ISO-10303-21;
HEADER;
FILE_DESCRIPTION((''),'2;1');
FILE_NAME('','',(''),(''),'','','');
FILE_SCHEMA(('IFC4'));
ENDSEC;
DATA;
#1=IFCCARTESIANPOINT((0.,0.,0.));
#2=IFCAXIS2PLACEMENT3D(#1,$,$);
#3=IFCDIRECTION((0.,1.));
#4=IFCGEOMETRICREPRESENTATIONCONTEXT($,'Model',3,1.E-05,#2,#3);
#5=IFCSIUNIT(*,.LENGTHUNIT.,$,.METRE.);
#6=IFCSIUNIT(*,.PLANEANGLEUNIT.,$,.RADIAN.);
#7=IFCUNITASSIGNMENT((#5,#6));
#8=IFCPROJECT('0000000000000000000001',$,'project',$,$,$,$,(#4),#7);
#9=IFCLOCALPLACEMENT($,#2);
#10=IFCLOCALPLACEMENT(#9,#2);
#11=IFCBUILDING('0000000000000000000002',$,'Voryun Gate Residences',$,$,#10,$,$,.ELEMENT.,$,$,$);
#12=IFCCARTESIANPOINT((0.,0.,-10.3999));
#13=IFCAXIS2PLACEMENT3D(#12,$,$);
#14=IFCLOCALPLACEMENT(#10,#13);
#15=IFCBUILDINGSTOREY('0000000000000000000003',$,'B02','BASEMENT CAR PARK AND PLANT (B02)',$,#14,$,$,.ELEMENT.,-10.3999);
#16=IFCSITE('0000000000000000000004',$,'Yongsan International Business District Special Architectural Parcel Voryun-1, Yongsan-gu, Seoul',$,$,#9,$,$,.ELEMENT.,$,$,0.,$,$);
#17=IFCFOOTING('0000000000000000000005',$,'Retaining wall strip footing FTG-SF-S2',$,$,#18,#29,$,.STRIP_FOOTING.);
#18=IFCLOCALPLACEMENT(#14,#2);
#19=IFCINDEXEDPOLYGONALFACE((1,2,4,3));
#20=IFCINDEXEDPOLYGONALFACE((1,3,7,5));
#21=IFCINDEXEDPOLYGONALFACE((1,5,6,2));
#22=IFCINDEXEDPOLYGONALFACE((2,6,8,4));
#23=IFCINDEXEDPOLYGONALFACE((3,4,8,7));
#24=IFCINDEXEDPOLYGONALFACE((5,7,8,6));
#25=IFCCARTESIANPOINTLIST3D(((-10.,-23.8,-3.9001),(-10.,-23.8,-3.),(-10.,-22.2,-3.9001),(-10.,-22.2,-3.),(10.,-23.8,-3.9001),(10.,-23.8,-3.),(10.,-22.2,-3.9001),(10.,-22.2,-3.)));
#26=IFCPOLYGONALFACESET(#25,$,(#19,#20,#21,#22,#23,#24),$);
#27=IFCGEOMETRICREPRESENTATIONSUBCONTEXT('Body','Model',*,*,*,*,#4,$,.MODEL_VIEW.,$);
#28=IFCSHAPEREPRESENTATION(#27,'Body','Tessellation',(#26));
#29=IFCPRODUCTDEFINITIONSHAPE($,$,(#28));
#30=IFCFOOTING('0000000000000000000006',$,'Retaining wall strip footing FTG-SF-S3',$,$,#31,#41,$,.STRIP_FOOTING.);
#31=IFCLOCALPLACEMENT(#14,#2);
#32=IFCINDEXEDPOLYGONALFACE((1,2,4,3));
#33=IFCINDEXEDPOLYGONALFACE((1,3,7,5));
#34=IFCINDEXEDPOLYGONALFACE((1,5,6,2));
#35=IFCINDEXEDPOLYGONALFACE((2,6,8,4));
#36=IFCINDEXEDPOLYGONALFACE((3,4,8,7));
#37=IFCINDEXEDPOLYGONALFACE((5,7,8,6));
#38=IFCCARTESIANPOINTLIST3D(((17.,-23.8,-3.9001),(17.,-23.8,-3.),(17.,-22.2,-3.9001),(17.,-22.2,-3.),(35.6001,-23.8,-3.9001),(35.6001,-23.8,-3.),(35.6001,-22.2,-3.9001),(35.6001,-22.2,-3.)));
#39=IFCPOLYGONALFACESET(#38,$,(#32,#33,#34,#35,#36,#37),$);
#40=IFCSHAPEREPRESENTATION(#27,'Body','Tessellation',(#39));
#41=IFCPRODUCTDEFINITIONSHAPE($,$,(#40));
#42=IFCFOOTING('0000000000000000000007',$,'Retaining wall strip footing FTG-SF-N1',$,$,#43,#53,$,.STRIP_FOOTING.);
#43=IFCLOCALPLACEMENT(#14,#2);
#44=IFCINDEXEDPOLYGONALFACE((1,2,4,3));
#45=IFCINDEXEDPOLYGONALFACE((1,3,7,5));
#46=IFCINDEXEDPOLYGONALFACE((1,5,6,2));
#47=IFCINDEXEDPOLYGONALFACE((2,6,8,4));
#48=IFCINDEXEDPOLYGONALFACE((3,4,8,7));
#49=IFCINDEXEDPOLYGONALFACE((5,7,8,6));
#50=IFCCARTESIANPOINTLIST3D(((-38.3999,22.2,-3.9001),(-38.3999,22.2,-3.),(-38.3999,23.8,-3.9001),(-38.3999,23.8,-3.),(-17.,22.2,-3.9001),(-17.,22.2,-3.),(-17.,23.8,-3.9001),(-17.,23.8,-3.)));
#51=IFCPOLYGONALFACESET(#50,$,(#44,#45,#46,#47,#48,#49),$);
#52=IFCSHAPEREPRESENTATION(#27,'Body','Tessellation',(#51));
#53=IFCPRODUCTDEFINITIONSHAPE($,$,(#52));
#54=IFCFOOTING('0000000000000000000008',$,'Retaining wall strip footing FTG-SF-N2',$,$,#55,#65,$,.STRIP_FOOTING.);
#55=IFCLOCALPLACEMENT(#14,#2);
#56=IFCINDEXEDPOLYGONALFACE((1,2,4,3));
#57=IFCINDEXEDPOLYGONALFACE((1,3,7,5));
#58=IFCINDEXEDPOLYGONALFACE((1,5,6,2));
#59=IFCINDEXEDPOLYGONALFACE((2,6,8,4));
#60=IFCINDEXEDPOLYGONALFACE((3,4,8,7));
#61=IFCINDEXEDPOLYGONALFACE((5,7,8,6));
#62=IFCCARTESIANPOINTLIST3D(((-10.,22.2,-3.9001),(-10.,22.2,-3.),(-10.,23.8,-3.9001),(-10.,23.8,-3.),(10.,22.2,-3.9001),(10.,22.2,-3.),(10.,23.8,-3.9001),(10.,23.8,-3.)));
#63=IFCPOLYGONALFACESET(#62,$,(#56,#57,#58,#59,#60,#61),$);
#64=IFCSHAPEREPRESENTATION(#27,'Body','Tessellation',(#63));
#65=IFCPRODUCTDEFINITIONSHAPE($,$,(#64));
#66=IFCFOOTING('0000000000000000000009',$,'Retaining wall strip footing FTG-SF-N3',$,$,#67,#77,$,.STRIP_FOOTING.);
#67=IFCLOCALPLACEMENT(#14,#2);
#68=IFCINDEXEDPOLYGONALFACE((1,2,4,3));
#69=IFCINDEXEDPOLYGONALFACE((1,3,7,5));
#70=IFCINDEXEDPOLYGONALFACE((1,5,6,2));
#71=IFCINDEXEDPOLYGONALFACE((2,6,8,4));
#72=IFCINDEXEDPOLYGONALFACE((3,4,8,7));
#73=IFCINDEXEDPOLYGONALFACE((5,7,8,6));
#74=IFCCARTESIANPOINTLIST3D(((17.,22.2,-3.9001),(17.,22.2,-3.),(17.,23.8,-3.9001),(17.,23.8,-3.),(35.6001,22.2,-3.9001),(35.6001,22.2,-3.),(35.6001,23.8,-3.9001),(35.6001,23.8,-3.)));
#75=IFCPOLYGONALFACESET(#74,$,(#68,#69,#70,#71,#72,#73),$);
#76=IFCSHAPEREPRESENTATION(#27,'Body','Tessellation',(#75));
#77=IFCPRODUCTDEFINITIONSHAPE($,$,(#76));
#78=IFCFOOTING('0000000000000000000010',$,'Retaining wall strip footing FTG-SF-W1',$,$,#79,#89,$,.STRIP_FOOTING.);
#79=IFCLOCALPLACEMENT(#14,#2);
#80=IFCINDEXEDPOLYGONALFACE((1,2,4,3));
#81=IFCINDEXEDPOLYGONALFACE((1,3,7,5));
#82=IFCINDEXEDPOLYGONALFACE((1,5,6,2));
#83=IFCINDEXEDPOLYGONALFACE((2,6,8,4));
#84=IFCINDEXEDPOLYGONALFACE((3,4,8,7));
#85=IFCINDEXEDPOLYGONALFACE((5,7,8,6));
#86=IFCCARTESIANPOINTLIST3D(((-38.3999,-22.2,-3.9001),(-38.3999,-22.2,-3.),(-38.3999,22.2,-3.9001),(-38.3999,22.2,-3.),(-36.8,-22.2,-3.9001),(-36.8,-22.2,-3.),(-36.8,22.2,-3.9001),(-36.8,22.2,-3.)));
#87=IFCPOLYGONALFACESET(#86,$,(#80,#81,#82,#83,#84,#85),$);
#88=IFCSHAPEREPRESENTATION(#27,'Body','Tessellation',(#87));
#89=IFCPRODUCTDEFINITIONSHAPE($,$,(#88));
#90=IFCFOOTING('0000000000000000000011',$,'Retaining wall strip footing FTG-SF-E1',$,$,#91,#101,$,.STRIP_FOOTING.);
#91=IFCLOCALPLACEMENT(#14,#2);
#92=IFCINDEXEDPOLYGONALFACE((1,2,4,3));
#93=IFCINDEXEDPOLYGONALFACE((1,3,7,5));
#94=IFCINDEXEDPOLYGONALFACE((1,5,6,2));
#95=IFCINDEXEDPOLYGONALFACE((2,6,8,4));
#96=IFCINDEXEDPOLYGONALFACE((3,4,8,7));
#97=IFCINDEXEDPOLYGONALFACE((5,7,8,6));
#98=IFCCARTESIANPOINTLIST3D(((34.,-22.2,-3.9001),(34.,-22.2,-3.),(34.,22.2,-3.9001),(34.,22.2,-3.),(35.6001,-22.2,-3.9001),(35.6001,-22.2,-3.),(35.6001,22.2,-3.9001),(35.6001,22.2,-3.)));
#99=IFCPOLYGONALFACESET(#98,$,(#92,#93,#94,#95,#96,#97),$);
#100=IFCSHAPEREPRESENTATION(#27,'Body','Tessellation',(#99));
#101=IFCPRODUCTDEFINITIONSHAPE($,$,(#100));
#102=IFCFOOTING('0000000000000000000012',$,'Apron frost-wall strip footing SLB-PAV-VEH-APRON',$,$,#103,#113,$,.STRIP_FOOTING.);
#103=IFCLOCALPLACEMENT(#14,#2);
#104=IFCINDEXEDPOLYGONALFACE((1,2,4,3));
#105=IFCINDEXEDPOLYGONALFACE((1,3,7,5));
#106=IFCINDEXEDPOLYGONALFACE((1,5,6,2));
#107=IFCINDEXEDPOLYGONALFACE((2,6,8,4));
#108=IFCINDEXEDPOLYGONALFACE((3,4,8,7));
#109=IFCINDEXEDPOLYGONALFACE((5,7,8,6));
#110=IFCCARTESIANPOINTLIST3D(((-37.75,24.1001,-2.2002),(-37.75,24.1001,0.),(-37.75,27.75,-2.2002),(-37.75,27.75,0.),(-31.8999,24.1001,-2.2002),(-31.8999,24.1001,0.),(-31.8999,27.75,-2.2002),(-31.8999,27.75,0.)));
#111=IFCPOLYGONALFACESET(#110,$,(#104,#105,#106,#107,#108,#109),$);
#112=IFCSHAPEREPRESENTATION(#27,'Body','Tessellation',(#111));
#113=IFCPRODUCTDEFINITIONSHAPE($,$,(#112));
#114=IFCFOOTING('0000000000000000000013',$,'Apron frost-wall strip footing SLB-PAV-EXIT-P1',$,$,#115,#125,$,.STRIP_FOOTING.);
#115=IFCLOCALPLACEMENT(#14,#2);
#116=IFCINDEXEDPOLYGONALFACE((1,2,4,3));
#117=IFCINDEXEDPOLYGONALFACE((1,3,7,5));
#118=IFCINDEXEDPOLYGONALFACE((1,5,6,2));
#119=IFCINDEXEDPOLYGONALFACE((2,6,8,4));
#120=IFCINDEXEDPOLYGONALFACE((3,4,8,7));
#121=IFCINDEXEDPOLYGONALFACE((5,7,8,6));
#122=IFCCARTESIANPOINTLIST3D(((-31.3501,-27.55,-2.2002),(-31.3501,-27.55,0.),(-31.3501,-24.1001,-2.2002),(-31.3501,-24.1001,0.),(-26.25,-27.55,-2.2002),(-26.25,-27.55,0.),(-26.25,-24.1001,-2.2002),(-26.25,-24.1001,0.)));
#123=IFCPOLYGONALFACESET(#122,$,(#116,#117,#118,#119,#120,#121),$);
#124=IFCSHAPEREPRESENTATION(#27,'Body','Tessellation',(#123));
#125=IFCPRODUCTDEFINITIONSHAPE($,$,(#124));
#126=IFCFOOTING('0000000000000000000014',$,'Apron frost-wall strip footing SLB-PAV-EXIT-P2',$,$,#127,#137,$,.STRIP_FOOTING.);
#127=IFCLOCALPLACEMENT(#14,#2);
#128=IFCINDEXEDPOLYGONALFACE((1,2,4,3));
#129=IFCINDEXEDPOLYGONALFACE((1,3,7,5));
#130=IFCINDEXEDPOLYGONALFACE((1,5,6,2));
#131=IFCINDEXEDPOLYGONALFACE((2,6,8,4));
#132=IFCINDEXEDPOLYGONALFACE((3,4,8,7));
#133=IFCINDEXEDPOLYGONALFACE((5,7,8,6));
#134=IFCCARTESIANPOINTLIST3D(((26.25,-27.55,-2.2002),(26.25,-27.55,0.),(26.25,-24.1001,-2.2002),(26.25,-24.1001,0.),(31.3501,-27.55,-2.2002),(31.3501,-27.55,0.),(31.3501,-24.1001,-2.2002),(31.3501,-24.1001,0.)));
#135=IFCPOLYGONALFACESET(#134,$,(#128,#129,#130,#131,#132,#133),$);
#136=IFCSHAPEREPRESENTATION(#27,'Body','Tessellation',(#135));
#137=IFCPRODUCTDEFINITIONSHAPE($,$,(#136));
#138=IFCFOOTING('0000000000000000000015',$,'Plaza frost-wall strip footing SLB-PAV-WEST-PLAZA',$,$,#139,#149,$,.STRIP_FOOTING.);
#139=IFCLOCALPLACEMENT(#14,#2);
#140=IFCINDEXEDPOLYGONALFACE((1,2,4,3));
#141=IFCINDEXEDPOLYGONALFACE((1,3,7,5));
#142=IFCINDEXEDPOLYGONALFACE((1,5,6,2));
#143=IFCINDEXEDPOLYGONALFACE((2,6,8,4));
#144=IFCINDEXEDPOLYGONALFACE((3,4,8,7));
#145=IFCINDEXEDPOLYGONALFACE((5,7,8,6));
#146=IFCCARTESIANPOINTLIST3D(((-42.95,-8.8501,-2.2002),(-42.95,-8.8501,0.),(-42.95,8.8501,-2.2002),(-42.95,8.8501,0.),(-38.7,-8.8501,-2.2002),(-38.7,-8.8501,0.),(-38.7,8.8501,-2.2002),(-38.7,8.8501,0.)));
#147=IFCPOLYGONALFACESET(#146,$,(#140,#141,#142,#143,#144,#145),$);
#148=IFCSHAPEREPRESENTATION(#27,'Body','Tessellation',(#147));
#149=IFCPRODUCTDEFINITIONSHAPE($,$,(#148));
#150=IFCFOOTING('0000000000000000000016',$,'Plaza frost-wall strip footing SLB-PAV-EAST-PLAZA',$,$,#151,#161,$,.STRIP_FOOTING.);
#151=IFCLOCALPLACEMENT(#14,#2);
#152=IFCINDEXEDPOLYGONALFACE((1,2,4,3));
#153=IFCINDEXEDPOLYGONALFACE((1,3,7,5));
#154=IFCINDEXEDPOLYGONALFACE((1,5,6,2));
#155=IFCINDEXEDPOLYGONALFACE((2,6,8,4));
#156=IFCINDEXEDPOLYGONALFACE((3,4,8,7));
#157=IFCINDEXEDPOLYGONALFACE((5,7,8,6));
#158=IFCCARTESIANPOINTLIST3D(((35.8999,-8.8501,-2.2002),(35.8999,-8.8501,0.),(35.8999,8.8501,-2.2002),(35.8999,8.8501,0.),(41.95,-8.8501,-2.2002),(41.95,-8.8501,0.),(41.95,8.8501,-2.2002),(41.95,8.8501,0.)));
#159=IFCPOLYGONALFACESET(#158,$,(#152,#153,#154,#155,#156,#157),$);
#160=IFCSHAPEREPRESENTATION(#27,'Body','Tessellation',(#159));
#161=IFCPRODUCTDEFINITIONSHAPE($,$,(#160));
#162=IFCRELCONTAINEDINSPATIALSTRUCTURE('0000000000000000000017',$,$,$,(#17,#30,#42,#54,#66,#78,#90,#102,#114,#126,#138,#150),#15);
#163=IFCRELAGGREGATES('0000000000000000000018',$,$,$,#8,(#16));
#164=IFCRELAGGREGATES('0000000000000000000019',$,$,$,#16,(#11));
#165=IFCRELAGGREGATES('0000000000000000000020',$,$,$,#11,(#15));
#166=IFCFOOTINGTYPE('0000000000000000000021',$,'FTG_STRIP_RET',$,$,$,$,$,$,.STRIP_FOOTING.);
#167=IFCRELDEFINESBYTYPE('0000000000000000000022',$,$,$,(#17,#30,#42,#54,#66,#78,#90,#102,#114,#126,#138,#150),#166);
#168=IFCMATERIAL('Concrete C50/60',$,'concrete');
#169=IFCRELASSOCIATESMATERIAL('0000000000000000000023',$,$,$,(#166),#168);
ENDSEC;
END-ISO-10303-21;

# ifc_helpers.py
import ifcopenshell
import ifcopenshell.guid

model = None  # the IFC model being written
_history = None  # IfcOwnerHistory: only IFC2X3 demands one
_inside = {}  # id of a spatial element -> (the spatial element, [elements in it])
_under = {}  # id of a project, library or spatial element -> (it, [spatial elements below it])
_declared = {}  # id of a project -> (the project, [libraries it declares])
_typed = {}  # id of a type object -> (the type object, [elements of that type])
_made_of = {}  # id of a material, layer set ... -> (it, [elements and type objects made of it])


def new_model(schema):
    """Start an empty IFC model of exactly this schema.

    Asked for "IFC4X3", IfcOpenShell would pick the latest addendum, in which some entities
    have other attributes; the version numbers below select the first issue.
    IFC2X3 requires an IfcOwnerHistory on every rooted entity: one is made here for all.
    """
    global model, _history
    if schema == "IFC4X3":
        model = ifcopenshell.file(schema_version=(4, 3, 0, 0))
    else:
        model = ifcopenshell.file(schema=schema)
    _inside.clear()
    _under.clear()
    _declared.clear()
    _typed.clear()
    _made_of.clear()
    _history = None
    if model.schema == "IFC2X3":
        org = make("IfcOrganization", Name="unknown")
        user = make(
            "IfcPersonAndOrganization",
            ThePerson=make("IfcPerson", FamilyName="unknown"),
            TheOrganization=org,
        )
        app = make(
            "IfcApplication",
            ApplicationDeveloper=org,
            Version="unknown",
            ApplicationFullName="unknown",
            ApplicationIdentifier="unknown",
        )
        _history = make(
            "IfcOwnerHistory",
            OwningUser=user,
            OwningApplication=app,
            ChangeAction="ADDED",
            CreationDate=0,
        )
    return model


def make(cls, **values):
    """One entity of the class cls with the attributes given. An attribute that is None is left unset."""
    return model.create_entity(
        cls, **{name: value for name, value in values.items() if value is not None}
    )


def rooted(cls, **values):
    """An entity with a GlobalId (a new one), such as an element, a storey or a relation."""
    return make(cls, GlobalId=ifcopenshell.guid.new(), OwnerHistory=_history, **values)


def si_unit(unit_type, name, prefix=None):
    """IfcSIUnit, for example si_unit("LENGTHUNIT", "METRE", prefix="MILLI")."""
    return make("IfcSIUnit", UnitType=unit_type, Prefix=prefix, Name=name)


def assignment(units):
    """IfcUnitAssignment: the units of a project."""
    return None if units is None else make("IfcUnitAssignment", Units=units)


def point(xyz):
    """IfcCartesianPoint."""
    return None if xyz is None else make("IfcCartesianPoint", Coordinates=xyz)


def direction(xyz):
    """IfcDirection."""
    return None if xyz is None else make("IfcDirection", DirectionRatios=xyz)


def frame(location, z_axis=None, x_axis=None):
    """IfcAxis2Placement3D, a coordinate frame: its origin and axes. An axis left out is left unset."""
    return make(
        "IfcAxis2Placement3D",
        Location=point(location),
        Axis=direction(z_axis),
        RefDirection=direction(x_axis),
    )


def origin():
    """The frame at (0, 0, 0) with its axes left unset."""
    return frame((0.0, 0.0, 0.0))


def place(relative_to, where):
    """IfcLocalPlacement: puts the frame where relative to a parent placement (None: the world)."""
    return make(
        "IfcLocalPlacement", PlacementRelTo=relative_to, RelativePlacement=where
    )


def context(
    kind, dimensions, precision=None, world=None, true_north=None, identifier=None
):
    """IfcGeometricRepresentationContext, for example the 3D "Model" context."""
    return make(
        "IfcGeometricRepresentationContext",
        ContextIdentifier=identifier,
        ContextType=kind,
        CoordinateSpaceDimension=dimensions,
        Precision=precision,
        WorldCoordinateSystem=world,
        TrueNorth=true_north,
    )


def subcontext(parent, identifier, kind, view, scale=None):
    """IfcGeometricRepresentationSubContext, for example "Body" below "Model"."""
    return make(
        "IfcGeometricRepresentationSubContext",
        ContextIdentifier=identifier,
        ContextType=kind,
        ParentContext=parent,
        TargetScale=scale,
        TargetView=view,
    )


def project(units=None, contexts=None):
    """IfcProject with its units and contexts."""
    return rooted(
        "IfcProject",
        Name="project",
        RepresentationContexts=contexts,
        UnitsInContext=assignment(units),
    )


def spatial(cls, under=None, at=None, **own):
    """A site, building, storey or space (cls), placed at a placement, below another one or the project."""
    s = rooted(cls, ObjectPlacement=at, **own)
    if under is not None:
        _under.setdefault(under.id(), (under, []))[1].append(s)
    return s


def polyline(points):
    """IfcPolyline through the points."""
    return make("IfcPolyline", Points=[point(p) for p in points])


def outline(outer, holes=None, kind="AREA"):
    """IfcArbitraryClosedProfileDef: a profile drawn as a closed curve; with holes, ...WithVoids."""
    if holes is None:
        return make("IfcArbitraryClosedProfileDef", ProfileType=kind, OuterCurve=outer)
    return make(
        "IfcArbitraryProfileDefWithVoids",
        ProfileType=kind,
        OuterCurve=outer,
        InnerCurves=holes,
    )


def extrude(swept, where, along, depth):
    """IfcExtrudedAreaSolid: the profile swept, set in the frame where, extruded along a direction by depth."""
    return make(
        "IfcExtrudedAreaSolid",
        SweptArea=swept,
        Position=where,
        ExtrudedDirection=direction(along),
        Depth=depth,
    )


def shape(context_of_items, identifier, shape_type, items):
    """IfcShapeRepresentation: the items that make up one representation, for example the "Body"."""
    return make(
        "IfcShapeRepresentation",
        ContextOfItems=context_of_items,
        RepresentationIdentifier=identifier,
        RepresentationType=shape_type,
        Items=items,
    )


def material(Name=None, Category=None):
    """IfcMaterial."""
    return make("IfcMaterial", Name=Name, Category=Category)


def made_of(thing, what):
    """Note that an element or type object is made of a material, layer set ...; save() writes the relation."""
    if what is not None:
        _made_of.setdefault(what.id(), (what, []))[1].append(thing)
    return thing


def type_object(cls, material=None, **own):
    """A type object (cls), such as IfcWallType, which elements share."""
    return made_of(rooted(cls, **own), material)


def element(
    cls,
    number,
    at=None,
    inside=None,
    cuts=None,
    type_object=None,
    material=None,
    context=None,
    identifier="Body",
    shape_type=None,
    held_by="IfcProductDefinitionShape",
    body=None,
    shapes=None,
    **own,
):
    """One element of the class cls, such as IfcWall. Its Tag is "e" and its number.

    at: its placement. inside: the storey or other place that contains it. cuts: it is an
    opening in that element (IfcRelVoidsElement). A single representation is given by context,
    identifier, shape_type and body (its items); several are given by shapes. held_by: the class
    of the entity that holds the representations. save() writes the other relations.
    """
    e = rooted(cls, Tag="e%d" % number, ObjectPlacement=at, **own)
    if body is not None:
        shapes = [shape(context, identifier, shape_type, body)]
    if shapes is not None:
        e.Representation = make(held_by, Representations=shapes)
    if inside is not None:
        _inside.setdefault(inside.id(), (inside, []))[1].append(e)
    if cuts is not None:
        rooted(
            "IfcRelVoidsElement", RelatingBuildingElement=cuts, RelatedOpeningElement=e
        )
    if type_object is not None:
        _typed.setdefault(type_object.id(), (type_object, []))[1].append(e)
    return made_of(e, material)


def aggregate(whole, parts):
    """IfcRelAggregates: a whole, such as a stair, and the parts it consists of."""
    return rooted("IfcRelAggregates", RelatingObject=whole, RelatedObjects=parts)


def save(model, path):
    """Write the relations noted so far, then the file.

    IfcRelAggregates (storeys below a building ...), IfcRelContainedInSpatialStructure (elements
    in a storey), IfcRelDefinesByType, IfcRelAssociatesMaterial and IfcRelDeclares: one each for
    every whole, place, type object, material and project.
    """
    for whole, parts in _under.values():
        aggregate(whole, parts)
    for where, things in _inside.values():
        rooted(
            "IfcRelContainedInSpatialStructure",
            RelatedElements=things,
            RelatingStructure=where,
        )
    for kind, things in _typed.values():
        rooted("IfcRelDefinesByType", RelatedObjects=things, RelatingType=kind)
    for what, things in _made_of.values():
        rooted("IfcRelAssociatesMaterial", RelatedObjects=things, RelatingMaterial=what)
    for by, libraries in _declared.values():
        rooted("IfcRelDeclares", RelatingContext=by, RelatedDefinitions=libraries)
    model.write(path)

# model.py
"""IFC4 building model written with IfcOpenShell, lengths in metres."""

from ifc_helpers import new_model, si_unit, direction, frame, origin, place, context, subcontext, project, spatial, polyline, outline, extrude, material, type_object, element, save


model = new_model("IFC4")

# Units and contexts
model_context = context("Model", 3, precision=1e-05, world=origin(), true_north=direction((0.0, 1.0)))
body_context = subcontext(model_context, "Body", "Model", "MODEL_VIEW")
ifc_project = project(units=[si_unit("LENGTHUNIT", "METRE"), si_unit("PLANEANGLEUNIT", "RADIAN")], contexts=[model_context])

# Site, building, storey
site_placement = place(None, origin())
site = spatial("IfcSite", under=ifc_project, at=site_placement, Name="Yongsan International Business District Special Architectural Parcel Voryun-1, Yongsan-gu, Seoul", CompositionType="ELEMENT", RefElevation=0.0)
building_placement = place(site_placement, origin())
building = spatial("IfcBuilding", under=site, at=building_placement, Name="Voryun Gate Residences", CompositionType="ELEMENT")
storey_placement = place(building_placement, frame((0.0, 0.0, -10.3999)))
storey = spatial("IfcBuildingStorey", under=building, at=storey_placement, Name="B02", Description="BASEMENT CAR PARK AND PLANT (B02)", CompositionType="ELEMENT", Elevation=-10.3999)

# Footings
ifc_material_1 = material(Name="Concrete C50/60", Category="concrete")
footing_type = type_object("IfcFootingType", Name="FTG_STRIP_RET", PredefinedType="STRIP_FOOTING", material=ifc_material_1)
footing_1_placement = place(storey_placement, frame((0.0, 0.0, -3.9001)))
element("IfcFooting", 1, at=footing_1_placement, inside=storey, type_object=footing_type, Name="Retaining wall strip footing FTG-SF-S2", PredefinedType="STRIP_FOOTING", context=body_context, shape_type="SweptSolid", body=[
    extrude(outline(polyline([(-10.0, -23.8), (10.0, -23.8), (10.0, -22.2), (-10.0, -22.2), (-10.0, -23.8)])), origin(), (0.0, 0.0, 1.0), 0.9001),
])
footing_2_placement = place(storey_placement, frame((0.0, 0.0, -3.9001)))
element("IfcFooting", 2, at=footing_2_placement, inside=storey, type_object=footing_type, Name="Retaining wall strip footing FTG-SF-S3", PredefinedType="STRIP_FOOTING", context=body_context, shape_type="SweptSolid", body=[
    extrude(outline(polyline([(17.0, -23.8), (35.6001, -23.8), (35.6001, -22.2), (17.0, -22.2), (17.0, -23.8)])), origin(), (0.0, 0.0, 1.0), 0.9001),
])
footing_3_placement = place(storey_placement, frame((0.0, 0.0, -3.9001)))
element("IfcFooting", 3, at=footing_3_placement, inside=storey, type_object=footing_type, Name="Retaining wall strip footing FTG-SF-N1", PredefinedType="STRIP_FOOTING", context=body_context, shape_type="SweptSolid", body=[
    extrude(outline(polyline([(-38.3999, 22.2), (-17.0, 22.2), (-17.0, 23.8), (-38.3999, 23.8), (-38.3999, 22.2)])), origin(), (0.0, 0.0, 1.0), 0.9001),
])
footing_4_placement = place(storey_placement, frame((0.0, 0.0, -3.9001)))
element("IfcFooting", 4, at=footing_4_placement, inside=storey, type_object=footing_type, Name="Retaining wall strip footing FTG-SF-N2", PredefinedType="STRIP_FOOTING", context=body_context, shape_type="SweptSolid", body=[
    extrude(outline(polyline([(-10.0, 22.2), (10.0, 22.2), (10.0, 23.8), (-10.0, 23.8), (-10.0, 22.2)])), origin(), (0.0, 0.0, 1.0), 0.9001),
])
footing_5_placement = place(storey_placement, frame((0.0, 0.0, -3.9001)))
element("IfcFooting", 5, at=footing_5_placement, inside=storey, type_object=footing_type, Name="Retaining wall strip footing FTG-SF-N3", PredefinedType="STRIP_FOOTING", context=body_context, shape_type="SweptSolid", body=[
    extrude(outline(polyline([(17.0, 22.2), (35.6001, 22.2), (35.6001, 23.8), (17.0, 23.8), (17.0, 22.2)])), origin(), (0.0, 0.0, 1.0), 0.9001),
])
footing_6_placement = place(storey_placement, frame((0.0, 0.0, -3.9001)))
element("IfcFooting", 6, at=footing_6_placement, inside=storey, type_object=footing_type, Name="Retaining wall strip footing FTG-SF-W1", PredefinedType="STRIP_FOOTING", context=body_context, shape_type="SweptSolid", body=[
    extrude(outline(polyline([(-38.3999, -22.2), (-36.8, -22.2), (-36.8, 22.2), (-38.3999, 22.2), (-38.3999, -22.2)])), origin(), (0.0, 0.0, 1.0), 0.9001),
])
footing_7_placement = place(storey_placement, frame((0.0, 0.0, -3.9001)))
element("IfcFooting", 7, at=footing_7_placement, inside=storey, type_object=footing_type, Name="Retaining wall strip footing FTG-SF-E1", PredefinedType="STRIP_FOOTING", context=body_context, shape_type="SweptSolid", body=[
    extrude(outline(polyline([(34.0, -22.2), (35.6001, -22.2), (35.6001, 22.2), (34.0, 22.2), (34.0, -22.2)])), origin(), (0.0, 0.0, 1.0), 0.9001),
])
footing_8_placement = place(storey_placement, frame((0.0, 0.0, -2.2002)))
element("IfcFooting", 8, at=footing_8_placement, inside=storey, type_object=footing_type, Name="Apron frost-wall strip footing SLB-PAV-VEH-APRON", PredefinedType="STRIP_FOOTING", context=body_context, shape_type="SweptSolid", body=[
    extrude(outline(polyline([(-37.75, 24.1001), (-31.8999, 24.1001), (-31.8999, 27.75), (-37.75, 27.75), (-37.75, 24.1001)])), origin(), (0.0, 0.0, 1.0), 2.2002),
])
footing_9_placement = place(storey_placement, frame((0.0, 0.0, -2.2002)))
element("IfcFooting", 9, at=footing_9_placement, inside=storey, type_object=footing_type, Name="Apron frost-wall strip footing SLB-PAV-EXIT-P1", PredefinedType="STRIP_FOOTING", context=body_context, shape_type="SweptSolid", body=[
    extrude(outline(polyline([(-31.3501, -27.55), (-26.25, -27.55), (-26.25, -24.1001), (-31.3501, -24.1001), (-31.3501, -27.55)])), origin(), (0.0, 0.0, 1.0), 2.2002),
])
footing_10_placement = place(storey_placement, frame((0.0, 0.0, -2.2002)))
element("IfcFooting", 10, at=footing_10_placement, inside=storey, type_object=footing_type, Name="Apron frost-wall strip footing SLB-PAV-EXIT-P2", PredefinedType="STRIP_FOOTING", context=body_context, shape_type="SweptSolid", body=[
    extrude(outline(polyline([(26.25, -27.55), (31.3501, -27.55), (31.3501, -24.1001), (26.25, -24.1001), (26.25, -27.55)])), origin(), (0.0, 0.0, 1.0), 2.2002),
])
footing_11_placement = place(storey_placement, frame((0.0, 0.0, -2.2002)))
element("IfcFooting", 11, at=footing_11_placement, inside=storey, type_object=footing_type, Name="Plaza frost-wall strip footing SLB-PAV-WEST-PLAZA", PredefinedType="STRIP_FOOTING", context=body_context, shape_type="SweptSolid", body=[
    extrude(outline(polyline([(-42.95, -8.8501), (-38.7, -8.8501), (-38.7, 8.8501), (-42.95, 8.8501), (-42.95, -8.8501)])), origin(), (0.0, 0.0, 1.0), 2.2002),
])
footing_12_placement = place(storey_placement, frame((0.0, 0.0, -2.2002)))
element("IfcFooting", 12, at=footing_12_placement, inside=storey, type_object=footing_type, Name="Plaza frost-wall strip footing SLB-PAV-EAST-PLAZA", PredefinedType="STRIP_FOOTING", context=body_context, shape_type="SweptSolid", body=[
    extrude(outline(polyline([(35.8999, -8.8501), (41.95, -8.8501), (41.95, 8.8501), (35.8999, 8.8501), (35.8999, -8.8501)])), origin(), (0.0, 0.0, 1.0), 2.2002),
])

save(model, "model.ifc")
